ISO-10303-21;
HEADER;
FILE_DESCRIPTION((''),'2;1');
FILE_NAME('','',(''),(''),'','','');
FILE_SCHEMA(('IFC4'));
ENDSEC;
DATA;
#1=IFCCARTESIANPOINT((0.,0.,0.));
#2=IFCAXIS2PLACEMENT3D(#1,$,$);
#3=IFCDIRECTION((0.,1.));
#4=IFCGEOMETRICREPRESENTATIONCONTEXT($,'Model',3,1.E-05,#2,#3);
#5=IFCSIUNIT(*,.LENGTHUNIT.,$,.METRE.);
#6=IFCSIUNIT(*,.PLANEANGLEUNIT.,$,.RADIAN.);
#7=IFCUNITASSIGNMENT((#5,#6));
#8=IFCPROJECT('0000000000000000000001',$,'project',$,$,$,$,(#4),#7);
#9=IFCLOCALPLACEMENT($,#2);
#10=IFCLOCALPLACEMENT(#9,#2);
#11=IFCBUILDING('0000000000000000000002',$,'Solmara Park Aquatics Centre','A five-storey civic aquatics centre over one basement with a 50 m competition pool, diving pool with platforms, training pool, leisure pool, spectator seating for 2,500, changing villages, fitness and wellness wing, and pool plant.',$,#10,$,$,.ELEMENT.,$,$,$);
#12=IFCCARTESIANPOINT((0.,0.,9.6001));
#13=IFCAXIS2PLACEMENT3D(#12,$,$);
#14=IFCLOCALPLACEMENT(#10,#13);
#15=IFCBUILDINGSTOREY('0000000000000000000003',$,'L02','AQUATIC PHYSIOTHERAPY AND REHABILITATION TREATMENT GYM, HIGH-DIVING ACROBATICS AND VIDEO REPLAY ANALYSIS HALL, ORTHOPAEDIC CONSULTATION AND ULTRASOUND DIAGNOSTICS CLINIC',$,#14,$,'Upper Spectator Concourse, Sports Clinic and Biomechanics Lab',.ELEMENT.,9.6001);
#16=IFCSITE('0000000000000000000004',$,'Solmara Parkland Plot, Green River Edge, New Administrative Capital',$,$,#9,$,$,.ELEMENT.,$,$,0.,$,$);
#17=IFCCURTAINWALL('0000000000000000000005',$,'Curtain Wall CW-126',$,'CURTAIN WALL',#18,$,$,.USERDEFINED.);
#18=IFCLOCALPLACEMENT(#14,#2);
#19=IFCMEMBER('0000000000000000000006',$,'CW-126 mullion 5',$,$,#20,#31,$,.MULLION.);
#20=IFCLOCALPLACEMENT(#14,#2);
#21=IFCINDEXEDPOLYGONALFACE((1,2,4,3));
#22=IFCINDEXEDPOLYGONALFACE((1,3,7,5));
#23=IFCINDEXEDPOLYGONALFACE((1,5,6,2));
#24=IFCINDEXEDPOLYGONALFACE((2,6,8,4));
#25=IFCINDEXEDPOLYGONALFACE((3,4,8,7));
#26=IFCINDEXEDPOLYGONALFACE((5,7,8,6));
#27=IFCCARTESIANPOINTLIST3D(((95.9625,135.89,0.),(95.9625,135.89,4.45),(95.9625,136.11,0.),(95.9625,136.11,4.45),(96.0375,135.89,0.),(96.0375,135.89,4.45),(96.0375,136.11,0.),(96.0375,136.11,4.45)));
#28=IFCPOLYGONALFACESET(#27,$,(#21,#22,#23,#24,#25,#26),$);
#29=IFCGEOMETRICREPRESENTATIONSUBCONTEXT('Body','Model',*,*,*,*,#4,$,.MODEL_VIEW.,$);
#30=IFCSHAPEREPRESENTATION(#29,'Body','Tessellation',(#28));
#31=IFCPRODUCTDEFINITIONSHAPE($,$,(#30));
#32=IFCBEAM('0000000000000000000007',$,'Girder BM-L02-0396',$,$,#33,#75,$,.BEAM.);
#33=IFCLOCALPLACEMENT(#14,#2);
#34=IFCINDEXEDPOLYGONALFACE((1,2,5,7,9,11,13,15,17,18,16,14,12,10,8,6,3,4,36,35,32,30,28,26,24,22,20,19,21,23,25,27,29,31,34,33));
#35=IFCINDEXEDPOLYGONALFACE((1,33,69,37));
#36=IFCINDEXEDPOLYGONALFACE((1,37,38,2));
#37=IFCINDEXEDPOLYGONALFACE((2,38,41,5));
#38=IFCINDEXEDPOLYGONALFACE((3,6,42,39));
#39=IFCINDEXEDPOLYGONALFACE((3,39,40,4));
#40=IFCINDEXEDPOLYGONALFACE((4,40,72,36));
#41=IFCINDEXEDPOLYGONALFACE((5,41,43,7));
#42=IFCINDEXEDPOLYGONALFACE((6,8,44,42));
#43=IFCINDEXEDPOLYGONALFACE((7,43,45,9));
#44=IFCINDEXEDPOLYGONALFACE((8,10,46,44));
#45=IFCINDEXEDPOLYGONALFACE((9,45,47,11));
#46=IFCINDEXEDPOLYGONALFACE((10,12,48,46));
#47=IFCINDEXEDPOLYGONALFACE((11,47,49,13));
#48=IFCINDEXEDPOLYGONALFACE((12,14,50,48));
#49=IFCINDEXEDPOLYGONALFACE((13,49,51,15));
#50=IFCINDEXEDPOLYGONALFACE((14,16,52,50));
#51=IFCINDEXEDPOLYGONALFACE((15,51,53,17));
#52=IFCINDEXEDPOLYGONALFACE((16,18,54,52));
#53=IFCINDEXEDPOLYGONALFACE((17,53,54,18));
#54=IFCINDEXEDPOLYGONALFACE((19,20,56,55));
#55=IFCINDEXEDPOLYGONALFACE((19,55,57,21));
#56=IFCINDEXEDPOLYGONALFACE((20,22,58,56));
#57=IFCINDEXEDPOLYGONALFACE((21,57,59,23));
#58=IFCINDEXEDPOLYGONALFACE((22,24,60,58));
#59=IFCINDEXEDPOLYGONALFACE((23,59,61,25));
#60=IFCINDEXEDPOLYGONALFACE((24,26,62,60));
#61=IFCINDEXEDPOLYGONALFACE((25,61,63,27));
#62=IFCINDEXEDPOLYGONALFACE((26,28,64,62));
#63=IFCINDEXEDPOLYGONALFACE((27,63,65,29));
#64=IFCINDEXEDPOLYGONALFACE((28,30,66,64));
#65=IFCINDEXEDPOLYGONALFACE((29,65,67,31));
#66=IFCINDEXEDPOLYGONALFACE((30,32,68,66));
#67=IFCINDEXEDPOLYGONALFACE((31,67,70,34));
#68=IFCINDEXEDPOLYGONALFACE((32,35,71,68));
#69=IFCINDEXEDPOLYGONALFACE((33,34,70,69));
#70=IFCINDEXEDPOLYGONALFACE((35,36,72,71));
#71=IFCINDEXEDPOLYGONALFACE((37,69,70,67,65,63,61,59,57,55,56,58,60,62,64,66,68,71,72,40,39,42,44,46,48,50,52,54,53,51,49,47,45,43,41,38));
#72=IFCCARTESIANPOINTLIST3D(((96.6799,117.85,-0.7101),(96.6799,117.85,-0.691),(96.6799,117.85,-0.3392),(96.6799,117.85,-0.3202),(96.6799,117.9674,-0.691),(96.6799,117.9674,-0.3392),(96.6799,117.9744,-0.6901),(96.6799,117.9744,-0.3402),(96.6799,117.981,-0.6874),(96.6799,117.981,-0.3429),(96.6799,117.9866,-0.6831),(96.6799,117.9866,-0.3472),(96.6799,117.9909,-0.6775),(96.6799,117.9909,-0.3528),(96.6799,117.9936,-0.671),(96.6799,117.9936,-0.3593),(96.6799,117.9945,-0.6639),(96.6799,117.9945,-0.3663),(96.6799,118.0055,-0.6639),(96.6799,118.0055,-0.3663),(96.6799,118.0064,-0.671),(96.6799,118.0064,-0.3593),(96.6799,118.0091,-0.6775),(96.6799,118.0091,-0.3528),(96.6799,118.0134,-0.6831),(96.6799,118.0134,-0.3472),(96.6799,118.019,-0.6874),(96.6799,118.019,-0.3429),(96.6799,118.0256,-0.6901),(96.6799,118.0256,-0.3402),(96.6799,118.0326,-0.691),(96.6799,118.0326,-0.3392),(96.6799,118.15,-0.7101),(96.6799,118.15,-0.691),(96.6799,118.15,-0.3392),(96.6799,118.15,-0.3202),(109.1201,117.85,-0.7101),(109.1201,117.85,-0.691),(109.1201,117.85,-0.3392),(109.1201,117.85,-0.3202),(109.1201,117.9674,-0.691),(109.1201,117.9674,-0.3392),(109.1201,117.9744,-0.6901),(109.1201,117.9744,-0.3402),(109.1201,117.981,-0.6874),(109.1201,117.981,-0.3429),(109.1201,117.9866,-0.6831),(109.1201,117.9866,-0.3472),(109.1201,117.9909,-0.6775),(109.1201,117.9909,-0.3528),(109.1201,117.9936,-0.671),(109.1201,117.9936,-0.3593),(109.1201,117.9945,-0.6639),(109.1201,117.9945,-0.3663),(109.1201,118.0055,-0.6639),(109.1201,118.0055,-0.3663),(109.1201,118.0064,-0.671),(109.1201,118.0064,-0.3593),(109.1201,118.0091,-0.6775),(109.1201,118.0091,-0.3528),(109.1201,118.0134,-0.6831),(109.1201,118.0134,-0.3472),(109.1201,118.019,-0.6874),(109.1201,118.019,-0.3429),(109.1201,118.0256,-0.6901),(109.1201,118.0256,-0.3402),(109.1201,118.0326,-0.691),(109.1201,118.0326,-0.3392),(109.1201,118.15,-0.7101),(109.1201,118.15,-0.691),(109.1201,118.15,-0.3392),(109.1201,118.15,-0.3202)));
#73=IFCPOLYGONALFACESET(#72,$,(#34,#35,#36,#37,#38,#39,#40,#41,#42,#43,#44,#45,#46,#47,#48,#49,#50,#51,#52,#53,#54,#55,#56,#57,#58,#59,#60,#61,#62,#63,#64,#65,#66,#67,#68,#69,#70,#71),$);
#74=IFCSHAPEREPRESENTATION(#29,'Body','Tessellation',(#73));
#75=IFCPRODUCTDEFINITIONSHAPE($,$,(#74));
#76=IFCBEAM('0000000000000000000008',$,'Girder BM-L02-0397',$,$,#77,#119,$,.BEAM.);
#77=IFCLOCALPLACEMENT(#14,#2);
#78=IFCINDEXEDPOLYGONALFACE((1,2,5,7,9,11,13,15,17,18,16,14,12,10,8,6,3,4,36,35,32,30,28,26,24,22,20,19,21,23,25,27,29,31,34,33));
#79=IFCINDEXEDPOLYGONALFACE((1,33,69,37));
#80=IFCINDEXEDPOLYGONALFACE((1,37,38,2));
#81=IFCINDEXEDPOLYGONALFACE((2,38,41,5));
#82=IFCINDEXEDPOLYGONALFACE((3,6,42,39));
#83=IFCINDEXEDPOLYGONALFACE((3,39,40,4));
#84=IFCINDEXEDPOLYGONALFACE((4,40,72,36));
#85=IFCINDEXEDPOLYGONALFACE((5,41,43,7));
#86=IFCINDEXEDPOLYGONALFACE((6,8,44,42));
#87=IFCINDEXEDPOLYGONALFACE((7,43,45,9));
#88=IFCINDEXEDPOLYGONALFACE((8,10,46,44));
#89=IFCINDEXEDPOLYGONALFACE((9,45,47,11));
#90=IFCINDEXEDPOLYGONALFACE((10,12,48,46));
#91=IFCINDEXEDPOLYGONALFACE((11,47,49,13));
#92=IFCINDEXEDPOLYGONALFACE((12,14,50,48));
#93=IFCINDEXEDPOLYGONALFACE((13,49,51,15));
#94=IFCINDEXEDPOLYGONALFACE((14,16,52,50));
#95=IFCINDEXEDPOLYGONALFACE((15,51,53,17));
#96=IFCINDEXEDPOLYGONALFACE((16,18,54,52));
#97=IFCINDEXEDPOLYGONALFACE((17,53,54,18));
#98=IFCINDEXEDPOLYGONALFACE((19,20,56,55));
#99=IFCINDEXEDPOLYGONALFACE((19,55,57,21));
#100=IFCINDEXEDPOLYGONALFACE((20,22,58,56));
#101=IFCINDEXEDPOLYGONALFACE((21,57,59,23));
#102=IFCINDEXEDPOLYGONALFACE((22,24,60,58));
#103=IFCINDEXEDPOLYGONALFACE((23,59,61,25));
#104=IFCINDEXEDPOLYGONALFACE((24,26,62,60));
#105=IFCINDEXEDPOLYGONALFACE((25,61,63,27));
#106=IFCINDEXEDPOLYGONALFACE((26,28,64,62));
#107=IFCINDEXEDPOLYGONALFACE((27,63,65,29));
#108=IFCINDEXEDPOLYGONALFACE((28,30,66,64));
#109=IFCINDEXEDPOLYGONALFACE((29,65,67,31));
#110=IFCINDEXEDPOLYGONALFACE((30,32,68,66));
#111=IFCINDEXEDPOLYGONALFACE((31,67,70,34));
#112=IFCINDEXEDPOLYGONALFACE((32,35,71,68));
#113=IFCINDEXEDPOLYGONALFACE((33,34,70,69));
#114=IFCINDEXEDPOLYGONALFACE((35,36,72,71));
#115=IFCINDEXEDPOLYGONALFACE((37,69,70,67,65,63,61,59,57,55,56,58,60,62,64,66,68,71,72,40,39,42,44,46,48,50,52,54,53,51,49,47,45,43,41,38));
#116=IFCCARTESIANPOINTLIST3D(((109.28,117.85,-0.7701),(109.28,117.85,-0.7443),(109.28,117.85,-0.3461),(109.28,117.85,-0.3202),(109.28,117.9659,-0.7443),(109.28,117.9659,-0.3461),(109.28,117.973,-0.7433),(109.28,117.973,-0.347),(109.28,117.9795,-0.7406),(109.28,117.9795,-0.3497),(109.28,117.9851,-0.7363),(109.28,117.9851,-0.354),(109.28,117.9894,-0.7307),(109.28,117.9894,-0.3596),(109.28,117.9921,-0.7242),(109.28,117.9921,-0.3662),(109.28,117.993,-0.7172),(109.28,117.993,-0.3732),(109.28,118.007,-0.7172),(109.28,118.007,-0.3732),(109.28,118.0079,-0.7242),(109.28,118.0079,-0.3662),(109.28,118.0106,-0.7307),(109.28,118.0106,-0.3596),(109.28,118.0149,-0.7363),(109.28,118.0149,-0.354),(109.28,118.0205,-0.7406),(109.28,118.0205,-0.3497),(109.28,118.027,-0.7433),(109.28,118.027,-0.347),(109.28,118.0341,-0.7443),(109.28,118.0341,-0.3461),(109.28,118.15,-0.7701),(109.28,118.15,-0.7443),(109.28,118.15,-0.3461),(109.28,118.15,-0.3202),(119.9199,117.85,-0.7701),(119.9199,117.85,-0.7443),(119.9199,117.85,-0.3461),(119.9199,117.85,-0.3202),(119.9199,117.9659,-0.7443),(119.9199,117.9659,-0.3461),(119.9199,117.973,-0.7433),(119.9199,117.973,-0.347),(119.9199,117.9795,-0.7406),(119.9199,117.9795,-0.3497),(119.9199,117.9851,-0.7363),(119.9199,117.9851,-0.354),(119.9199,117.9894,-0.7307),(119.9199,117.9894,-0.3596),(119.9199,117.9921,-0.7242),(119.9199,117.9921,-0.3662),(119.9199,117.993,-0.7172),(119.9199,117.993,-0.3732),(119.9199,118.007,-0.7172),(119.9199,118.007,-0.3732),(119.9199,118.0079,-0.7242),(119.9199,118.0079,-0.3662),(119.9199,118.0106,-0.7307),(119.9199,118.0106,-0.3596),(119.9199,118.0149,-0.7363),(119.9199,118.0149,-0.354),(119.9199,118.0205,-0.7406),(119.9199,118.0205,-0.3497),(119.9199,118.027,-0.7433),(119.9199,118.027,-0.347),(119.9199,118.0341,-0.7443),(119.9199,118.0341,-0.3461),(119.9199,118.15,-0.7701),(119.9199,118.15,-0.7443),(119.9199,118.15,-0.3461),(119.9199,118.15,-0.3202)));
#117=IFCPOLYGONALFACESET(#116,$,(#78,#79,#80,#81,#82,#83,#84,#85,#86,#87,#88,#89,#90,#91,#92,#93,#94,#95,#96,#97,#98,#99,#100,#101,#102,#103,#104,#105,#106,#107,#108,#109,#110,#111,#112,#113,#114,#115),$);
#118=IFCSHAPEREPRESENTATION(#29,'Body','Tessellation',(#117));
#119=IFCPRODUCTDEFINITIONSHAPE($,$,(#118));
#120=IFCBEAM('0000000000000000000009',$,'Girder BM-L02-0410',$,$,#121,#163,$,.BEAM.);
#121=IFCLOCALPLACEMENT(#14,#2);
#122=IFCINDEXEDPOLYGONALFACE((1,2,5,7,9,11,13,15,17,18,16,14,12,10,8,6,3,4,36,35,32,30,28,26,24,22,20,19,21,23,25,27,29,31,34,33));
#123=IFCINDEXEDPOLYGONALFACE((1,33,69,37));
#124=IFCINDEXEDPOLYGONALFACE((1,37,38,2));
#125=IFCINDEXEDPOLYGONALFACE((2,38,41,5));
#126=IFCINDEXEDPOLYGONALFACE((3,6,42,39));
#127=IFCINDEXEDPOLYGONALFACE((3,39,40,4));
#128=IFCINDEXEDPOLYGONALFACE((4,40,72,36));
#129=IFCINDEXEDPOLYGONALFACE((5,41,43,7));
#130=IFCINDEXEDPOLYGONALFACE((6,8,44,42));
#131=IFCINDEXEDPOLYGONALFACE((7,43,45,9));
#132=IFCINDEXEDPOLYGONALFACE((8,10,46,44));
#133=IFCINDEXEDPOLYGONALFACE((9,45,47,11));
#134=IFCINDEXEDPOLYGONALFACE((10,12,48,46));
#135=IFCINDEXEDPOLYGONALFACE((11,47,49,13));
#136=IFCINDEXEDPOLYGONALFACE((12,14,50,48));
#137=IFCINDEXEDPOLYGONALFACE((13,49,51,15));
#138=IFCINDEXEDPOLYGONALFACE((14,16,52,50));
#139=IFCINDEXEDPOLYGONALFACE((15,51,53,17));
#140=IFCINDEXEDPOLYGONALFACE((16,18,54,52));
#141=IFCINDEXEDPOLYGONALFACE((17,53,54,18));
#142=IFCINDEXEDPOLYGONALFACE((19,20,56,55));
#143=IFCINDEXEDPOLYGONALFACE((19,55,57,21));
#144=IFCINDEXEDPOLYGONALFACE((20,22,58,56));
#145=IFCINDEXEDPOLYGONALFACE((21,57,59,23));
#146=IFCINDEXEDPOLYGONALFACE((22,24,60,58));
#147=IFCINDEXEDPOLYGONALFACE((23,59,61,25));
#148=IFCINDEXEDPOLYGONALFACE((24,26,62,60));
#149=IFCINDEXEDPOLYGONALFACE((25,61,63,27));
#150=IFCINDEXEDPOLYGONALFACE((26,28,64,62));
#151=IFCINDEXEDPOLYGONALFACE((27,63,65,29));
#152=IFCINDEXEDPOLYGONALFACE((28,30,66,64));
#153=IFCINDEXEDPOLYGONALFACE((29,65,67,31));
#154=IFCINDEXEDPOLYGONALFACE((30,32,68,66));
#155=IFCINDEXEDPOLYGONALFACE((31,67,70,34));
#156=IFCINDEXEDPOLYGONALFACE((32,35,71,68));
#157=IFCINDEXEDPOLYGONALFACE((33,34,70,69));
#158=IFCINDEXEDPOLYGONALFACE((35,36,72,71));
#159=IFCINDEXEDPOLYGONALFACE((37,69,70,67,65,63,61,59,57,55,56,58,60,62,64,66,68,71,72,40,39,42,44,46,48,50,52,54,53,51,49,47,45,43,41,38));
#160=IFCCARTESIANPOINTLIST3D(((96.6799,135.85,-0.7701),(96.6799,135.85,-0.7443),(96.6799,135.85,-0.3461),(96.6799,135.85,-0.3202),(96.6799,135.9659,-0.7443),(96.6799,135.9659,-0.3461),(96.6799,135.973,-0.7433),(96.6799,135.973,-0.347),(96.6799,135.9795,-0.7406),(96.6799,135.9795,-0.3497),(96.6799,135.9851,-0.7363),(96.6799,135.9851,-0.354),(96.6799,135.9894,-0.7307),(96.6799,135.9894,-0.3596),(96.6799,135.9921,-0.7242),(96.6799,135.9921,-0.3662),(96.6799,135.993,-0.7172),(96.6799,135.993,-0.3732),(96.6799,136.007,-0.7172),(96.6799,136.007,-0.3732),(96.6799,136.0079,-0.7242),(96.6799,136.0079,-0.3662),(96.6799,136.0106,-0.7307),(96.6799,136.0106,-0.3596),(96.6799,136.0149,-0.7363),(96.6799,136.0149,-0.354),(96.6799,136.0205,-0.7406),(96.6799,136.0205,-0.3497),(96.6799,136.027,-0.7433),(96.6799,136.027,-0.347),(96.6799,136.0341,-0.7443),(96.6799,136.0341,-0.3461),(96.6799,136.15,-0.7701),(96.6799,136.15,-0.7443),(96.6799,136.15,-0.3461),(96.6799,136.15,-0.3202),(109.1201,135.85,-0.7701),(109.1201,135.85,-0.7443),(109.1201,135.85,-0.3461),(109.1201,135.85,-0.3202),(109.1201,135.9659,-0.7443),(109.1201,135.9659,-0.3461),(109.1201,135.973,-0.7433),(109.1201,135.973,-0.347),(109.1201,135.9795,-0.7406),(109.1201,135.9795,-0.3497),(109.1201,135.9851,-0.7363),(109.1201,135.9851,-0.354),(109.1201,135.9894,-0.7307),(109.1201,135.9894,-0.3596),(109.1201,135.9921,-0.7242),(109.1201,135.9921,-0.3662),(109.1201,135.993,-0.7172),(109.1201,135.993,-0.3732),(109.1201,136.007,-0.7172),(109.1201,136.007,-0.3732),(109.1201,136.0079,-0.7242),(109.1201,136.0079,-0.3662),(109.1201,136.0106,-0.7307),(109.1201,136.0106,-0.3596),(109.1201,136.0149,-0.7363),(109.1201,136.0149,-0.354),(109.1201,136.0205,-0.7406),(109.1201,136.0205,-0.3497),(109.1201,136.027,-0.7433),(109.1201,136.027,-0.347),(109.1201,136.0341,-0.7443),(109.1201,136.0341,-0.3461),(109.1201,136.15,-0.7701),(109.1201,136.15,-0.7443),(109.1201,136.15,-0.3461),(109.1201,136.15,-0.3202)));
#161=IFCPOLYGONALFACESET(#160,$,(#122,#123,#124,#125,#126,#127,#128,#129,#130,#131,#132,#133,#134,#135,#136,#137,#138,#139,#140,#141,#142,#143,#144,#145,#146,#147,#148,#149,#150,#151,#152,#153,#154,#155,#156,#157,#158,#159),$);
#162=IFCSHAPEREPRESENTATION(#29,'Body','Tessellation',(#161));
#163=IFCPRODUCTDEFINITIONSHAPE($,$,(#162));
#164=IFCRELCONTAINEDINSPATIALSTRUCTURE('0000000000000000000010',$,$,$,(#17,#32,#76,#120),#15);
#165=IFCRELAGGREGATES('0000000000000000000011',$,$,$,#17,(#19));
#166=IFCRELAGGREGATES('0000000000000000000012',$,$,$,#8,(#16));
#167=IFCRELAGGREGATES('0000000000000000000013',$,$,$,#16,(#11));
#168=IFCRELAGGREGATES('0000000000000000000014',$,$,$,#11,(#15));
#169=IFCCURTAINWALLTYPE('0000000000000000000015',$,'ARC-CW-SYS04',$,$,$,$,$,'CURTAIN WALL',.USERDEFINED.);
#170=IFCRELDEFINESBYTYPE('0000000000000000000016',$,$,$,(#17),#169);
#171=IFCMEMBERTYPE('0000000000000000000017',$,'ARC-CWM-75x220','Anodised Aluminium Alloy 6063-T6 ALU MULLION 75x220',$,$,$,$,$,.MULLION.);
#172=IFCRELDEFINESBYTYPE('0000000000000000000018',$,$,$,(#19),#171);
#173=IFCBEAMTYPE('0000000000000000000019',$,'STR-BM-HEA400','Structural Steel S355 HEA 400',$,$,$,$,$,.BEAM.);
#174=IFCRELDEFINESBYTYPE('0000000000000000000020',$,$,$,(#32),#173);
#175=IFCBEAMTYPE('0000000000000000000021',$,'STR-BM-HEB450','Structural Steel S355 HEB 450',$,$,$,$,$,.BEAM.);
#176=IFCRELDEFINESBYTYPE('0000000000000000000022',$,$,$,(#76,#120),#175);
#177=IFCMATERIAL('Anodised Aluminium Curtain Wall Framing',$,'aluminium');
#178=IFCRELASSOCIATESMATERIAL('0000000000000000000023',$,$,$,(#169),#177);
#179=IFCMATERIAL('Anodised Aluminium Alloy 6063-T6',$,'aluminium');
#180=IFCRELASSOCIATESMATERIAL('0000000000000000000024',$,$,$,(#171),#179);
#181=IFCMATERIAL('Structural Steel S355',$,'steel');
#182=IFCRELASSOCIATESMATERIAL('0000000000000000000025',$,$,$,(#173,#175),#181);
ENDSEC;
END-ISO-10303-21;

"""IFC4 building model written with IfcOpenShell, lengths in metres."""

from ifc_helpers import new_model, si_unit, direction, frame, origin, origin_2d, place, context, subcontext, project, spatial, rectangle, i_section, extrude, material, material_profile, profile_set, type_object, element, aggregate, save


model = new_model("IFC4")

# Units and contexts
model_context = context("Model", 3, precision=1e-05, world=origin(), true_north=direction((0.0, 1.0)))
body_context = subcontext(model_context, "Body", "Model", "MODEL_VIEW")
ifc_project = project(units=[si_unit("LENGTHUNIT", "METRE"), si_unit("PLANEANGLEUNIT", "RADIAN")], contexts=[model_context])

# Site, building, storey
site_placement = place(None, origin())
site = spatial("IfcSite", under=ifc_project, at=site_placement, Name="Solmara Parkland Plot, Green River Edge, New Administrative Capital", CompositionType="ELEMENT", RefElevation=0.0)
building_placement = place(site_placement, origin())
building = spatial("IfcBuilding", under=site, at=building_placement, Name="Solmara Park Aquatics Centre", Description="A five-storey civic aquatics centre over one basement with a 50 m competition pool, diving pool with platforms, training pool, leisure pool, spectator seating for 2,500, changing villages, fitness and wellness wing, and pool plant.", CompositionType="ELEMENT")
storey_placement = place(building_placement, frame((0.0, 0.0, 9.6001)))
storey = spatial("IfcBuildingStorey", under=building, at=storey_placement, Name="L02", Description="AQUATIC PHYSIOTHERAPY AND REHABILITATION TREATMENT GYM, HIGH-DIVING ACROBATICS AND VIDEO REPLAY ANALYSIS HALL, ORTHOPAEDIC CONSULTATION AND ULTRASOUND DIAGNOSTICS CLINIC", LongName="Upper Spectator Concourse, Sports Clinic and Biomechanics Lab", CompositionType="ELEMENT", Elevation=9.6001)

# Shared definitions
ifc_material_1 = material(Name="Structural Steel S355", Category="steel")

# Curtain wall, member
ifc_material_2 = material(Name="Anodised Aluminium Curtain Wall Framing", Category="aluminium")
curtain_wall_type = type_object("IfcCurtainWallType", Name="ARC-CW-SYS04", ElementType="CURTAIN WALL", PredefinedType="USERDEFINED", material=ifc_material_2)
curtain_wall_placement = place(storey_placement, origin())
curtain_wall = element("IfcCurtainWall", 1, at=curtain_wall_placement, inside=storey, type_object=curtain_wall_type, Name="Curtain Wall CW-126", ObjectType="CURTAIN WALL", PredefinedType="USERDEFINED")
ifc_material_3 = material(Name="Anodised Aluminium Alloy 6063-T6", Category="aluminium")
ifc_material_profile_1 = material_profile(ifc_material_3, rectangle(XDim=0.075, YDim=0.22, at=origin_2d()), Name="ALU MULLION 75x220")
ifc_profile_set_1 = profile_set([ifc_material_profile_1], Name="Anodised Aluminium Alloy 6063-T6")
member_type = type_object("IfcMemberType", Name="ARC-CWM-75x220", Description="Anodised Aluminium Alloy 6063-T6 ALU MULLION 75x220", PredefinedType="MULLION", material=ifc_profile_set_1)
member_placement = place(storey_placement, frame((96.0, 136.0, 0.0), z_axis=(0.0, 0.0, 1.0), x_axis=(1.0, 0.0, 0.0)))
member = element("IfcMember", 2, at=member_placement, type_object=member_type, Name="CW-126 mullion 5", PredefinedType="MULLION", context=body_context, shape_type="SweptSolid", body=[
    extrude(rectangle(XDim=0.075, YDim=0.22, at=origin_2d()), origin(), (0.0, 0.0, 1.0), 4.45),
])

# Beams
ifc_material_profile_2 = material_profile(ifc_material_1, i_section(OverallWidth=0.3, OverallDepth=0.3899, WebThickness=0.011, FlangeThickness=0.019, FilletRadius=0.0271, at=origin_2d()), Name="HEA 400")
ifc_profile_set_2 = profile_set([ifc_material_profile_2], Name="Structural Steel S355")
beam_type_1 = type_object("IfcBeamType", Name="STR-BM-HEA400", Description="Structural Steel S355 HEA 400", PredefinedType="BEAM", material=ifc_profile_set_2)
beam_1_placement = place(storey_placement, frame((96.6799, 118.0, -0.5151), z_axis=(1.0, 0.0, 0.0), x_axis=(0.0, 1.0, 0.0)))
element("IfcBeam", 3, at=beam_1_placement, inside=storey, type_object=beam_type_1, Name="Girder BM-L02-0396", PredefinedType="BEAM", context=body_context, shape_type="SweptSolid", body=[
    extrude(i_section(OverallWidth=0.3, OverallDepth=0.3899, WebThickness=0.011, FlangeThickness=0.019, FilletRadius=0.0271, at=origin_2d()), origin(), (0.0, 0.0, 1.0), 12.4402),
])
ifc_material_profile_3 = material_profile(ifc_material_1, i_section(OverallWidth=0.3, OverallDepth=0.45, WebThickness=0.0139, FlangeThickness=0.0259, FilletRadius=0.0271, at=origin_2d()), Name="HEB 450")
ifc_profile_set_3 = profile_set([ifc_material_profile_3], Name="Structural Steel S355")
beam_type_2 = type_object("IfcBeamType", Name="STR-BM-HEB450", Description="Structural Steel S355 HEB 450", PredefinedType="BEAM", material=ifc_profile_set_3)
beam_2_placement = place(storey_placement, frame((109.28, 118.0, -0.5452), z_axis=(1.0, 0.0, 0.0), x_axis=(0.0, 1.0, 0.0)))
element("IfcBeam", 4, at=beam_2_placement, inside=storey, type_object=beam_type_2, Name="Girder BM-L02-0397", PredefinedType="BEAM", context=body_context, shape_type="SweptSolid", body=[
    extrude(i_section(OverallWidth=0.3, OverallDepth=0.45, WebThickness=0.0139, FlangeThickness=0.0259, FilletRadius=0.0271, at=origin_2d()), origin(), (0.0, 0.0, 1.0), 10.6399),
])
beam_3_placement = place(storey_placement, frame((96.6799, 136.0, -0.5452), z_axis=(1.0, 0.0, 0.0), x_axis=(0.0, 1.0, 0.0)))
element("IfcBeam", 5, at=beam_3_placement, inside=storey, type_object=beam_type_2, Name="Girder BM-L02-0410", PredefinedType="BEAM", context=body_context, shape_type="SweptSolid", body=[
    extrude(i_section(OverallWidth=0.3, OverallDepth=0.45, WebThickness=0.0139, FlangeThickness=0.0259, FilletRadius=0.0271, at=origin_2d()), origin(), (0.0, 0.0, 1.0), 12.4402),
])

aggregate(curtain_wall, [member])

save(model, "model.ifc")
